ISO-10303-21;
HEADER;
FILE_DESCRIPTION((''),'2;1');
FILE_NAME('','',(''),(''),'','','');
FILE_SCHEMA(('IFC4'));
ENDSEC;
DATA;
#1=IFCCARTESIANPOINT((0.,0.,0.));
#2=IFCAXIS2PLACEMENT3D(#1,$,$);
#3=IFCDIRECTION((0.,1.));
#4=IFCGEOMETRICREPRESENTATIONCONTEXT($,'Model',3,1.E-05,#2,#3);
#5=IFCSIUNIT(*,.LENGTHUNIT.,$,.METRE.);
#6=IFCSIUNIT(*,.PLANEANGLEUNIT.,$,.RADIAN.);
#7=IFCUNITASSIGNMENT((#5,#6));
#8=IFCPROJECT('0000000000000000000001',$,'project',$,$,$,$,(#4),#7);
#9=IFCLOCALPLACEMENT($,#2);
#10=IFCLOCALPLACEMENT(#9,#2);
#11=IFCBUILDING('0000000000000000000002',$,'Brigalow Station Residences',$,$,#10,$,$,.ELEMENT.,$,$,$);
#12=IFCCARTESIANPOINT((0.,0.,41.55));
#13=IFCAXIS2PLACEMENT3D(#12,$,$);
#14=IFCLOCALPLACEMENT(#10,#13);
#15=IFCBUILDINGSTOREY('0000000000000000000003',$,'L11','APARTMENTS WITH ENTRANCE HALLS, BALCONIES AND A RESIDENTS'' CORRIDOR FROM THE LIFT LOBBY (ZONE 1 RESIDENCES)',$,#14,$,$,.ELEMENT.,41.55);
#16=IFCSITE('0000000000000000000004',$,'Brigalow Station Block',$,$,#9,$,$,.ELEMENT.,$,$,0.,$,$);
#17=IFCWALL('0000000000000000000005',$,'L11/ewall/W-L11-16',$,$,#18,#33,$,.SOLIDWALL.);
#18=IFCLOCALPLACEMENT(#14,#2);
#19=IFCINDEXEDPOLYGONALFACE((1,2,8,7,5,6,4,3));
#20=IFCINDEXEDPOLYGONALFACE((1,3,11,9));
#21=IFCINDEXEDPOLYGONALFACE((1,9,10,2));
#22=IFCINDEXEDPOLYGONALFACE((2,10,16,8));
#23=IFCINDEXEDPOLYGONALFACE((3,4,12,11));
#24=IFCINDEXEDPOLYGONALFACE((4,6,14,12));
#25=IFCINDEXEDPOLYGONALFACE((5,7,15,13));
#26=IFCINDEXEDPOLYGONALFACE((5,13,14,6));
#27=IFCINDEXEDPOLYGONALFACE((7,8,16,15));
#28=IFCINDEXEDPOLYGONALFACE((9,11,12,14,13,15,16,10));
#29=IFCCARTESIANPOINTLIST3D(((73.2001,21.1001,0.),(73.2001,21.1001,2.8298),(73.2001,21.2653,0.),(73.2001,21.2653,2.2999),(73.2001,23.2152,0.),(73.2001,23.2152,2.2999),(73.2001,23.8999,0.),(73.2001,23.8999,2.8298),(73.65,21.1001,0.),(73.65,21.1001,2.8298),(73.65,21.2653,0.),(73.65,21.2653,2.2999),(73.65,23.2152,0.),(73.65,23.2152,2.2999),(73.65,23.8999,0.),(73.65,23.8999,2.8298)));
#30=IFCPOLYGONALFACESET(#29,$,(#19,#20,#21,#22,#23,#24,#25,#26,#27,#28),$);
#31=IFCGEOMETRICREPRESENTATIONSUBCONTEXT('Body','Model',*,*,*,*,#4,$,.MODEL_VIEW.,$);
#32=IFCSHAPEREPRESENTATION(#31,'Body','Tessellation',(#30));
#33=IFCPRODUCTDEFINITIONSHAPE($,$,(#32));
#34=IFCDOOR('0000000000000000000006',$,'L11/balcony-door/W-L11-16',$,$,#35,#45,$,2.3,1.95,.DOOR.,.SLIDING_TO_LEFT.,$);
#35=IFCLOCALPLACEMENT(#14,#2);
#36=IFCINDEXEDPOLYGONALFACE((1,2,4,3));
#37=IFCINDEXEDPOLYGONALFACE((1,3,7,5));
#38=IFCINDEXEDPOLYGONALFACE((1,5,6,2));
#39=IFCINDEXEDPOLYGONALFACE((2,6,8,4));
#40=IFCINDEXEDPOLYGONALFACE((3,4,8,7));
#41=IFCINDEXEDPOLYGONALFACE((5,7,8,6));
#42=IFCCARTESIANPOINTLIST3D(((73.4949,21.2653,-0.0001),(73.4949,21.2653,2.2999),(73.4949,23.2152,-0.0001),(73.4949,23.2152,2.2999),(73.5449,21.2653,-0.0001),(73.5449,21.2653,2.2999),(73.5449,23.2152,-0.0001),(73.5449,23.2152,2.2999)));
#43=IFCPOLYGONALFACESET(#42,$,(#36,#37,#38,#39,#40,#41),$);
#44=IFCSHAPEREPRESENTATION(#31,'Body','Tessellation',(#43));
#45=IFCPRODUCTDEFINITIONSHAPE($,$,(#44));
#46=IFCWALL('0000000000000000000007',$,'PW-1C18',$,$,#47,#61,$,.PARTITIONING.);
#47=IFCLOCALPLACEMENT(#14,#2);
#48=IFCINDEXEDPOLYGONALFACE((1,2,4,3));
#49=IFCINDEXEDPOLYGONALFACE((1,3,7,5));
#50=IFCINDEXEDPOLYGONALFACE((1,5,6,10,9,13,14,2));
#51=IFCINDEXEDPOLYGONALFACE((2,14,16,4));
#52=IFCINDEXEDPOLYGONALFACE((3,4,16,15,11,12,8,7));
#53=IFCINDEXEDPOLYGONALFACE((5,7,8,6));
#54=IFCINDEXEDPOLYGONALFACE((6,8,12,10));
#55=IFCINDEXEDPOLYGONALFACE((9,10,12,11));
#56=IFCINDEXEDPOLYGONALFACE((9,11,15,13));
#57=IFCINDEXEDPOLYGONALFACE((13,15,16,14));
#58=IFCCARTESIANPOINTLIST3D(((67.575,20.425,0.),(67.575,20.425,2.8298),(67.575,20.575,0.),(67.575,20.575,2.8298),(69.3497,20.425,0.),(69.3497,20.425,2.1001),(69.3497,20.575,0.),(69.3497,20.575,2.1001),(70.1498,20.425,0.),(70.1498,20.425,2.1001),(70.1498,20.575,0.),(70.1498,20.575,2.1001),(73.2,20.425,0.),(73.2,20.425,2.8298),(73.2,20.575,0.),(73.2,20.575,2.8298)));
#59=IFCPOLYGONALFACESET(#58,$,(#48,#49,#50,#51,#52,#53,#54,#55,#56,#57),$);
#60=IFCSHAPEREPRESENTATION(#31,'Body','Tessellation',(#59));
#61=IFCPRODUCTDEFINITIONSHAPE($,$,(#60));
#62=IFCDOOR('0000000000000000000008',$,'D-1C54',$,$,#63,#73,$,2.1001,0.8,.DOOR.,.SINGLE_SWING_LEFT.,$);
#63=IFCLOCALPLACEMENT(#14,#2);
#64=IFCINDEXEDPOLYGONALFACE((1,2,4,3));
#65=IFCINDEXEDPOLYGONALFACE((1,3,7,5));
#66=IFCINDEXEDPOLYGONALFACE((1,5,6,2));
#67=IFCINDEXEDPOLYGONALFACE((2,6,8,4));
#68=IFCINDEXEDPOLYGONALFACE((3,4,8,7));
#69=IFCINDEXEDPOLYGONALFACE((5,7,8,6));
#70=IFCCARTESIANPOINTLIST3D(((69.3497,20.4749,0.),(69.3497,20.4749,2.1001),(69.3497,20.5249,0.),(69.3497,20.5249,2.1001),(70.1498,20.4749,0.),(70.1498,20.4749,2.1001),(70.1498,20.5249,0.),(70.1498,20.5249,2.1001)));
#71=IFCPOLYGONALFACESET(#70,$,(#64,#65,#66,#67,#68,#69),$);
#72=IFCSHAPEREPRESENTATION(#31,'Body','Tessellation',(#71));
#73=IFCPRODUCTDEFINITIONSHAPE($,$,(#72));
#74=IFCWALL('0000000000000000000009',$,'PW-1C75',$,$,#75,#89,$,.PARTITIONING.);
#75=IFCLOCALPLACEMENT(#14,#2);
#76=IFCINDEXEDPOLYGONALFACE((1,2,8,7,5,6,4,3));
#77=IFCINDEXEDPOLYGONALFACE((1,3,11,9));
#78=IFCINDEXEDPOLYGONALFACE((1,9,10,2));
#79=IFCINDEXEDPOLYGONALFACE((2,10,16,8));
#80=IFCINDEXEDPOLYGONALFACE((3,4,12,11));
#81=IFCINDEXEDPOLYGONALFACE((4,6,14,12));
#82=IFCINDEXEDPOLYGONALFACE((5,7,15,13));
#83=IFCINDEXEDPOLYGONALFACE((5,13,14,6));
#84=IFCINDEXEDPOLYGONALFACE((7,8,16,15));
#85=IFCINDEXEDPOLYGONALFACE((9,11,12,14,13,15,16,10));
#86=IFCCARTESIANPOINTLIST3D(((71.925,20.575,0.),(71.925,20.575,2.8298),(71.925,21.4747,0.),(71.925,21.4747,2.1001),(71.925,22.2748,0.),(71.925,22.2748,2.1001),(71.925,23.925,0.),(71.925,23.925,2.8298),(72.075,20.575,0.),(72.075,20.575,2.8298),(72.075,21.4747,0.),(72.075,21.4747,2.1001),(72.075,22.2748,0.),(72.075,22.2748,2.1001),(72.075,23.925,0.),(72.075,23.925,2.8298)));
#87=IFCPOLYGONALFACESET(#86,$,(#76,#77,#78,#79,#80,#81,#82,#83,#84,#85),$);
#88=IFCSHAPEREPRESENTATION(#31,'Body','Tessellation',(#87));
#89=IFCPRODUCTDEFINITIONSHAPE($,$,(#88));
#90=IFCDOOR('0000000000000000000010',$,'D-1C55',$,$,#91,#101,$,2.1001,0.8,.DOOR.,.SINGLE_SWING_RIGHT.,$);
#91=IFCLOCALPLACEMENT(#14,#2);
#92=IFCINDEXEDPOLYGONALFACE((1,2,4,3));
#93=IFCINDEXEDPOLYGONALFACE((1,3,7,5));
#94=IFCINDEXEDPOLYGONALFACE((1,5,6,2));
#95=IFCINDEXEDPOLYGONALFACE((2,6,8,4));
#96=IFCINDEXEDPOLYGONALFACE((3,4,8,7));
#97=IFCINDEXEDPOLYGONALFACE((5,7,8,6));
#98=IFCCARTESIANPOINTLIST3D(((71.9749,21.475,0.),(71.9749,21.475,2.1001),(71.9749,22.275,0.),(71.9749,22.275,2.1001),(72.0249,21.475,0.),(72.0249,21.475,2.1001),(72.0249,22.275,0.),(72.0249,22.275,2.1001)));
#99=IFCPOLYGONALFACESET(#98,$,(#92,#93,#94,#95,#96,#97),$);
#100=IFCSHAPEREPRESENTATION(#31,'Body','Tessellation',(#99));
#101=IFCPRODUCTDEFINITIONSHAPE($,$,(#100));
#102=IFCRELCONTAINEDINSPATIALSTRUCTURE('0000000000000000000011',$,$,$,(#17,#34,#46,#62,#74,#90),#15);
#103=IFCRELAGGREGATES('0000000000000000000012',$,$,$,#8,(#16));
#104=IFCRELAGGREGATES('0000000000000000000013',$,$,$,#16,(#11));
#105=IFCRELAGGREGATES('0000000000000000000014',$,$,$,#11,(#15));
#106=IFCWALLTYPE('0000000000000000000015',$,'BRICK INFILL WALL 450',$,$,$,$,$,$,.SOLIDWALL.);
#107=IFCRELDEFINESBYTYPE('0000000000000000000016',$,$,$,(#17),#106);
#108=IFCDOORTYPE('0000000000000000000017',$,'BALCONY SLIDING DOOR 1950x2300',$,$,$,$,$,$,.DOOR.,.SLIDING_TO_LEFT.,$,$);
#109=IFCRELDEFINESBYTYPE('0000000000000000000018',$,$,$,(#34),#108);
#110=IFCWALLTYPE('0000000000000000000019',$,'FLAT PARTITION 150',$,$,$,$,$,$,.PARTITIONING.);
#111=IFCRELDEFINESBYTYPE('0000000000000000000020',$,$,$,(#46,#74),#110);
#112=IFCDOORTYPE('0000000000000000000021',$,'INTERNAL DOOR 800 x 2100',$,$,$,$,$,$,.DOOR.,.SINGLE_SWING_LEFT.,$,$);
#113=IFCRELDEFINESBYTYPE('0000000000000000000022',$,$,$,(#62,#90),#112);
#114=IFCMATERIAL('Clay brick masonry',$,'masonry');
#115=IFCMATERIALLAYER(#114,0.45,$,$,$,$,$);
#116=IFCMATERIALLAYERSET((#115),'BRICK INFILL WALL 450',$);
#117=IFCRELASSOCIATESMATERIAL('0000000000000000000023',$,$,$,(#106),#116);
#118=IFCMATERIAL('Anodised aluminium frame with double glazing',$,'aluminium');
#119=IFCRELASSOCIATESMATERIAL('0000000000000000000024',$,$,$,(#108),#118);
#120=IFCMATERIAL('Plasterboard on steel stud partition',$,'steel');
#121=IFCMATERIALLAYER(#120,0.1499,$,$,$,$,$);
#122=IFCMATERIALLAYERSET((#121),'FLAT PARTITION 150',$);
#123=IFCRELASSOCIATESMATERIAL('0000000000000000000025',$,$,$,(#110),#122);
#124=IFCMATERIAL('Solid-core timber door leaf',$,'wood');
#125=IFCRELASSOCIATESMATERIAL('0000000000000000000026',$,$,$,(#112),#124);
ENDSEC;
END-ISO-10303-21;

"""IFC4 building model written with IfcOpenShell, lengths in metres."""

from ifc_helpers import new_model, si_unit, direction, frame, frame_2d, origin, place, context, subcontext, project, spatial, rectangle, extrude, material, layer, layer_set, type_object, element, fill, save


model = new_model("IFC4")

# Units and contexts
model_context = context("Model", 3, precision=1e-05, world=origin(), true_north=direction((0.0, 1.0)))
body_context = subcontext(model_context, "Body", "Model", "MODEL_VIEW")
ifc_project = project(units=[si_unit("LENGTHUNIT", "METRE"), si_unit("PLANEANGLEUNIT", "RADIAN")], contexts=[model_context])

# Site, building, storey
site_placement = place(None, origin())
site = spatial("IfcSite", under=ifc_project, at=site_placement, Name="Brigalow Station Block", CompositionType="ELEMENT", RefElevation=0.0)
building_placement = place(site_placement, origin())
building = spatial("IfcBuilding", under=site, at=building_placement, Name="Brigalow Station Residences", CompositionType="ELEMENT")
storey_placement = place(building_placement, frame((0.0, 0.0, 41.55)))
storey = spatial("IfcBuildingStorey", under=building, at=storey_placement, Name="L11", Description="APARTMENTS WITH ENTRANCE HALLS, BALCONIES AND A RESIDENTS' CORRIDOR FROM THE LIFT LOBBY (ZONE 1 RESIDENCES)", CompositionType="ELEMENT", Elevation=41.55)

# Shared definitions
ifc_material_1 = material(Name="Clay brick masonry", Category="masonry")
ifc_layer_1 = layer(ifc_material_1, 0.45)
ifc_layer_set_1 = layer_set([ifc_layer_1], Name="BRICK INFILL WALL 450")
wall_type_1 = type_object("IfcWallType", Name="BRICK INFILL WALL 450", PredefinedType="SOLIDWALL", material=ifc_layer_set_1)

# Walls, openings, doors
wall_1_placement = place(storey_placement, frame((73.425, 21.1001, 0.0), z_axis=(0.0, 0.0, 1.0), x_axis=(0.0, 1.0, 0.0)))
wall_1 = element("IfcWall", 1, at=wall_1_placement, inside=storey, type_object=wall_type_1, Name="L11/ewall/W-L11-16", PredefinedType="SOLIDWALL", context=body_context, shape_type="SweptSolid", body=[
    extrude(rectangle(XDim=2.7998, YDim=0.45, at=frame_2d((1.3999, 0.0))), origin(), (0.0, 0.0, 1.0), 2.8298),
])
opening_1_placement = place(wall_1_placement, frame((0.165, 0.0, 0.0)))
opening_1 = element("IfcOpeningElement", 2, at=opening_1_placement, cuts=wall_1, PredefinedType="OPENING", context=body_context, shape_type="SweptSolid", body=[
    extrude(rectangle(XDim=1.95, YDim=2.3, at=frame_2d((0.9751, 1.1499))), frame((0.0, 0.2349, 0.0), z_axis=(0.0, -1.0, 0.0), x_axis=(1.0, 0.0, 0.0)), (0.0, 0.0, 1.0), 0.47),
])
ifc_material_2 = material(Name="Anodised aluminium frame with double glazing", Category="aluminium")
door_type_1 = type_object("IfcDoorType", Name="BALCONY SLIDING DOOR 1950x2300", OperationType="SLIDING_TO_LEFT", PredefinedType="DOOR", material=ifc_material_2)
door_1_placement = place(opening_1_placement, origin())
door_1 = element("IfcDoor", 3, at=door_1_placement, inside=storey, type_object=door_type_1, Name="L11/balcony-door/W-L11-16", OperationType="SLIDING_TO_LEFT", OverallHeight=2.3, OverallWidth=1.95, PredefinedType="DOOR", context=body_context, shape_type="SweptSolid", body=[
    extrude(rectangle(XDim=1.95, YDim=2.3, at=frame_2d((0.9751, 1.1499))), frame((0.0, -0.0698, 0.0), z_axis=(0.0, -1.0, 0.0), x_axis=(1.0, 0.0, 0.0)), (0.0, 0.0, 1.0), 0.05),
])
fill(opening_1, door_1)
ifc_material_3 = material(Name="Plasterboard on steel stud partition", Category="steel")
ifc_layer_2 = layer(ifc_material_3, 0.1499)
ifc_layer_set_2 = layer_set([ifc_layer_2], Name="FLAT PARTITION 150")
wall_type_2 = type_object("IfcWallType", Name="FLAT PARTITION 150", PredefinedType="PARTITIONING", material=ifc_layer_set_2)
wall_2_placement = place(storey_placement, frame((67.575, 20.5, 0.0), z_axis=(0.0, 0.0, 1.0), x_axis=(1.0, 0.0, 0.0)))
wall_2 = element("IfcWall", 4, at=wall_2_placement, inside=storey, type_object=wall_type_2, Name="PW-1C18", PredefinedType="PARTITIONING", context=body_context, shape_type="SweptSolid", body=[
    extrude(rectangle(XDim=5.625, YDim=0.1499, at=frame_2d((2.8125, 0.0))), origin(), (0.0, 0.0, 1.0), 2.8298),
])
opening_2_placement = place(wall_2_placement, frame((1.7749, 0.0, 0.0)))
opening_2 = element("IfcOpeningElement", 5, at=opening_2_placement, cuts=wall_2, PredefinedType="OPENING", context=body_context, shape_type="SweptSolid", body=[
    extrude(rectangle(XDim=0.8, YDim=2.1001, at=frame_2d((0.3999, 1.05))), frame((0.0, 0.085, 0.0), z_axis=(0.0, -1.0, 0.0), x_axis=(1.0, 0.0, 0.0)), (0.0, 0.0, 1.0), 0.1699),
])
ifc_material_4 = material(Name="Solid-core timber door leaf", Category="wood")
door_type_2 = type_object("IfcDoorType", Name="INTERNAL DOOR 800 x 2100", OperationType="SINGLE_SWING_LEFT", PredefinedType="DOOR", material=ifc_material_4)
door_2_placement = place(opening_2_placement, origin())
door_2 = element("IfcDoor", 6, at=door_2_placement, inside=storey, type_object=door_type_2, Name="D-1C54", OperationType="SINGLE_SWING_LEFT", OverallHeight=2.1001, OverallWidth=0.8, PredefinedType="DOOR", context=body_context, shape_type="SweptSolid", body=[
    extrude(rectangle(XDim=0.8, YDim=2.1001, at=frame_2d((0.3999, 1.05))), frame((0.0, 0.0249, 0.0), z_axis=(0.0, -1.0, 0.0), x_axis=(1.0, 0.0, 0.0)), (0.0, 0.0, 1.0), 0.05),
])
fill(opening_2, door_2)
wall_3_placement = place(storey_placement, frame((72.0, 20.575, 0.0), z_axis=(0.0, 0.0, 1.0), x_axis=(0.0, 1.0, 0.0)))
wall_3 = element("IfcWall", 7, at=wall_3_placement, inside=storey, type_object=wall_type_2, Name="PW-1C75", PredefinedType="PARTITIONING", context=body_context, shape_type="SweptSolid", body=[
    extrude(rectangle(XDim=3.3501, YDim=0.1499, at=frame_2d((1.675, 0.0))), origin(), (0.0, 0.0, 1.0), 2.8298),
])
opening_3_placement = place(wall_3_placement, frame((0.8999, 0.0, 0.0)))
opening_3 = element("IfcOpeningElement", 8, at=opening_3_placement, cuts=wall_3, PredefinedType="OPENING", context=body_context, shape_type="SweptSolid", body=[
    extrude(rectangle(XDim=0.8, YDim=2.1001, at=frame_2d((0.3999, 1.05))), frame((0.0, 0.085, 0.0), z_axis=(0.0, -1.0, 0.0), x_axis=(1.0, 0.0, 0.0)), (0.0, 0.0, 1.0), 0.1699),
])
door_3_placement = place(opening_3_placement, frame((0.8, 0.0, 0.0), z_axis=(0.0, 0.0, 1.0), x_axis=(-1.0, 0.0, 0.0)))
door_3 = element("IfcDoor", 9, at=door_3_placement, inside=storey, type_object=door_type_2, Name="D-1C55", OperationType="SINGLE_SWING_RIGHT", OverallHeight=2.1001, OverallWidth=0.8, PredefinedType="DOOR", context=body_context, shape_type="SweptSolid", body=[
    extrude(rectangle(XDim=0.8, YDim=2.1001, at=frame_2d((0.3999, 1.05))), frame((0.0, 0.0249, 0.0), z_axis=(0.0, -1.0, 0.0), x_axis=(1.0, 0.0, 0.0)), (0.0, 0.0, 1.0), 0.05),
])
fill(opening_3, door_3)

save(model, "model.ifc")
